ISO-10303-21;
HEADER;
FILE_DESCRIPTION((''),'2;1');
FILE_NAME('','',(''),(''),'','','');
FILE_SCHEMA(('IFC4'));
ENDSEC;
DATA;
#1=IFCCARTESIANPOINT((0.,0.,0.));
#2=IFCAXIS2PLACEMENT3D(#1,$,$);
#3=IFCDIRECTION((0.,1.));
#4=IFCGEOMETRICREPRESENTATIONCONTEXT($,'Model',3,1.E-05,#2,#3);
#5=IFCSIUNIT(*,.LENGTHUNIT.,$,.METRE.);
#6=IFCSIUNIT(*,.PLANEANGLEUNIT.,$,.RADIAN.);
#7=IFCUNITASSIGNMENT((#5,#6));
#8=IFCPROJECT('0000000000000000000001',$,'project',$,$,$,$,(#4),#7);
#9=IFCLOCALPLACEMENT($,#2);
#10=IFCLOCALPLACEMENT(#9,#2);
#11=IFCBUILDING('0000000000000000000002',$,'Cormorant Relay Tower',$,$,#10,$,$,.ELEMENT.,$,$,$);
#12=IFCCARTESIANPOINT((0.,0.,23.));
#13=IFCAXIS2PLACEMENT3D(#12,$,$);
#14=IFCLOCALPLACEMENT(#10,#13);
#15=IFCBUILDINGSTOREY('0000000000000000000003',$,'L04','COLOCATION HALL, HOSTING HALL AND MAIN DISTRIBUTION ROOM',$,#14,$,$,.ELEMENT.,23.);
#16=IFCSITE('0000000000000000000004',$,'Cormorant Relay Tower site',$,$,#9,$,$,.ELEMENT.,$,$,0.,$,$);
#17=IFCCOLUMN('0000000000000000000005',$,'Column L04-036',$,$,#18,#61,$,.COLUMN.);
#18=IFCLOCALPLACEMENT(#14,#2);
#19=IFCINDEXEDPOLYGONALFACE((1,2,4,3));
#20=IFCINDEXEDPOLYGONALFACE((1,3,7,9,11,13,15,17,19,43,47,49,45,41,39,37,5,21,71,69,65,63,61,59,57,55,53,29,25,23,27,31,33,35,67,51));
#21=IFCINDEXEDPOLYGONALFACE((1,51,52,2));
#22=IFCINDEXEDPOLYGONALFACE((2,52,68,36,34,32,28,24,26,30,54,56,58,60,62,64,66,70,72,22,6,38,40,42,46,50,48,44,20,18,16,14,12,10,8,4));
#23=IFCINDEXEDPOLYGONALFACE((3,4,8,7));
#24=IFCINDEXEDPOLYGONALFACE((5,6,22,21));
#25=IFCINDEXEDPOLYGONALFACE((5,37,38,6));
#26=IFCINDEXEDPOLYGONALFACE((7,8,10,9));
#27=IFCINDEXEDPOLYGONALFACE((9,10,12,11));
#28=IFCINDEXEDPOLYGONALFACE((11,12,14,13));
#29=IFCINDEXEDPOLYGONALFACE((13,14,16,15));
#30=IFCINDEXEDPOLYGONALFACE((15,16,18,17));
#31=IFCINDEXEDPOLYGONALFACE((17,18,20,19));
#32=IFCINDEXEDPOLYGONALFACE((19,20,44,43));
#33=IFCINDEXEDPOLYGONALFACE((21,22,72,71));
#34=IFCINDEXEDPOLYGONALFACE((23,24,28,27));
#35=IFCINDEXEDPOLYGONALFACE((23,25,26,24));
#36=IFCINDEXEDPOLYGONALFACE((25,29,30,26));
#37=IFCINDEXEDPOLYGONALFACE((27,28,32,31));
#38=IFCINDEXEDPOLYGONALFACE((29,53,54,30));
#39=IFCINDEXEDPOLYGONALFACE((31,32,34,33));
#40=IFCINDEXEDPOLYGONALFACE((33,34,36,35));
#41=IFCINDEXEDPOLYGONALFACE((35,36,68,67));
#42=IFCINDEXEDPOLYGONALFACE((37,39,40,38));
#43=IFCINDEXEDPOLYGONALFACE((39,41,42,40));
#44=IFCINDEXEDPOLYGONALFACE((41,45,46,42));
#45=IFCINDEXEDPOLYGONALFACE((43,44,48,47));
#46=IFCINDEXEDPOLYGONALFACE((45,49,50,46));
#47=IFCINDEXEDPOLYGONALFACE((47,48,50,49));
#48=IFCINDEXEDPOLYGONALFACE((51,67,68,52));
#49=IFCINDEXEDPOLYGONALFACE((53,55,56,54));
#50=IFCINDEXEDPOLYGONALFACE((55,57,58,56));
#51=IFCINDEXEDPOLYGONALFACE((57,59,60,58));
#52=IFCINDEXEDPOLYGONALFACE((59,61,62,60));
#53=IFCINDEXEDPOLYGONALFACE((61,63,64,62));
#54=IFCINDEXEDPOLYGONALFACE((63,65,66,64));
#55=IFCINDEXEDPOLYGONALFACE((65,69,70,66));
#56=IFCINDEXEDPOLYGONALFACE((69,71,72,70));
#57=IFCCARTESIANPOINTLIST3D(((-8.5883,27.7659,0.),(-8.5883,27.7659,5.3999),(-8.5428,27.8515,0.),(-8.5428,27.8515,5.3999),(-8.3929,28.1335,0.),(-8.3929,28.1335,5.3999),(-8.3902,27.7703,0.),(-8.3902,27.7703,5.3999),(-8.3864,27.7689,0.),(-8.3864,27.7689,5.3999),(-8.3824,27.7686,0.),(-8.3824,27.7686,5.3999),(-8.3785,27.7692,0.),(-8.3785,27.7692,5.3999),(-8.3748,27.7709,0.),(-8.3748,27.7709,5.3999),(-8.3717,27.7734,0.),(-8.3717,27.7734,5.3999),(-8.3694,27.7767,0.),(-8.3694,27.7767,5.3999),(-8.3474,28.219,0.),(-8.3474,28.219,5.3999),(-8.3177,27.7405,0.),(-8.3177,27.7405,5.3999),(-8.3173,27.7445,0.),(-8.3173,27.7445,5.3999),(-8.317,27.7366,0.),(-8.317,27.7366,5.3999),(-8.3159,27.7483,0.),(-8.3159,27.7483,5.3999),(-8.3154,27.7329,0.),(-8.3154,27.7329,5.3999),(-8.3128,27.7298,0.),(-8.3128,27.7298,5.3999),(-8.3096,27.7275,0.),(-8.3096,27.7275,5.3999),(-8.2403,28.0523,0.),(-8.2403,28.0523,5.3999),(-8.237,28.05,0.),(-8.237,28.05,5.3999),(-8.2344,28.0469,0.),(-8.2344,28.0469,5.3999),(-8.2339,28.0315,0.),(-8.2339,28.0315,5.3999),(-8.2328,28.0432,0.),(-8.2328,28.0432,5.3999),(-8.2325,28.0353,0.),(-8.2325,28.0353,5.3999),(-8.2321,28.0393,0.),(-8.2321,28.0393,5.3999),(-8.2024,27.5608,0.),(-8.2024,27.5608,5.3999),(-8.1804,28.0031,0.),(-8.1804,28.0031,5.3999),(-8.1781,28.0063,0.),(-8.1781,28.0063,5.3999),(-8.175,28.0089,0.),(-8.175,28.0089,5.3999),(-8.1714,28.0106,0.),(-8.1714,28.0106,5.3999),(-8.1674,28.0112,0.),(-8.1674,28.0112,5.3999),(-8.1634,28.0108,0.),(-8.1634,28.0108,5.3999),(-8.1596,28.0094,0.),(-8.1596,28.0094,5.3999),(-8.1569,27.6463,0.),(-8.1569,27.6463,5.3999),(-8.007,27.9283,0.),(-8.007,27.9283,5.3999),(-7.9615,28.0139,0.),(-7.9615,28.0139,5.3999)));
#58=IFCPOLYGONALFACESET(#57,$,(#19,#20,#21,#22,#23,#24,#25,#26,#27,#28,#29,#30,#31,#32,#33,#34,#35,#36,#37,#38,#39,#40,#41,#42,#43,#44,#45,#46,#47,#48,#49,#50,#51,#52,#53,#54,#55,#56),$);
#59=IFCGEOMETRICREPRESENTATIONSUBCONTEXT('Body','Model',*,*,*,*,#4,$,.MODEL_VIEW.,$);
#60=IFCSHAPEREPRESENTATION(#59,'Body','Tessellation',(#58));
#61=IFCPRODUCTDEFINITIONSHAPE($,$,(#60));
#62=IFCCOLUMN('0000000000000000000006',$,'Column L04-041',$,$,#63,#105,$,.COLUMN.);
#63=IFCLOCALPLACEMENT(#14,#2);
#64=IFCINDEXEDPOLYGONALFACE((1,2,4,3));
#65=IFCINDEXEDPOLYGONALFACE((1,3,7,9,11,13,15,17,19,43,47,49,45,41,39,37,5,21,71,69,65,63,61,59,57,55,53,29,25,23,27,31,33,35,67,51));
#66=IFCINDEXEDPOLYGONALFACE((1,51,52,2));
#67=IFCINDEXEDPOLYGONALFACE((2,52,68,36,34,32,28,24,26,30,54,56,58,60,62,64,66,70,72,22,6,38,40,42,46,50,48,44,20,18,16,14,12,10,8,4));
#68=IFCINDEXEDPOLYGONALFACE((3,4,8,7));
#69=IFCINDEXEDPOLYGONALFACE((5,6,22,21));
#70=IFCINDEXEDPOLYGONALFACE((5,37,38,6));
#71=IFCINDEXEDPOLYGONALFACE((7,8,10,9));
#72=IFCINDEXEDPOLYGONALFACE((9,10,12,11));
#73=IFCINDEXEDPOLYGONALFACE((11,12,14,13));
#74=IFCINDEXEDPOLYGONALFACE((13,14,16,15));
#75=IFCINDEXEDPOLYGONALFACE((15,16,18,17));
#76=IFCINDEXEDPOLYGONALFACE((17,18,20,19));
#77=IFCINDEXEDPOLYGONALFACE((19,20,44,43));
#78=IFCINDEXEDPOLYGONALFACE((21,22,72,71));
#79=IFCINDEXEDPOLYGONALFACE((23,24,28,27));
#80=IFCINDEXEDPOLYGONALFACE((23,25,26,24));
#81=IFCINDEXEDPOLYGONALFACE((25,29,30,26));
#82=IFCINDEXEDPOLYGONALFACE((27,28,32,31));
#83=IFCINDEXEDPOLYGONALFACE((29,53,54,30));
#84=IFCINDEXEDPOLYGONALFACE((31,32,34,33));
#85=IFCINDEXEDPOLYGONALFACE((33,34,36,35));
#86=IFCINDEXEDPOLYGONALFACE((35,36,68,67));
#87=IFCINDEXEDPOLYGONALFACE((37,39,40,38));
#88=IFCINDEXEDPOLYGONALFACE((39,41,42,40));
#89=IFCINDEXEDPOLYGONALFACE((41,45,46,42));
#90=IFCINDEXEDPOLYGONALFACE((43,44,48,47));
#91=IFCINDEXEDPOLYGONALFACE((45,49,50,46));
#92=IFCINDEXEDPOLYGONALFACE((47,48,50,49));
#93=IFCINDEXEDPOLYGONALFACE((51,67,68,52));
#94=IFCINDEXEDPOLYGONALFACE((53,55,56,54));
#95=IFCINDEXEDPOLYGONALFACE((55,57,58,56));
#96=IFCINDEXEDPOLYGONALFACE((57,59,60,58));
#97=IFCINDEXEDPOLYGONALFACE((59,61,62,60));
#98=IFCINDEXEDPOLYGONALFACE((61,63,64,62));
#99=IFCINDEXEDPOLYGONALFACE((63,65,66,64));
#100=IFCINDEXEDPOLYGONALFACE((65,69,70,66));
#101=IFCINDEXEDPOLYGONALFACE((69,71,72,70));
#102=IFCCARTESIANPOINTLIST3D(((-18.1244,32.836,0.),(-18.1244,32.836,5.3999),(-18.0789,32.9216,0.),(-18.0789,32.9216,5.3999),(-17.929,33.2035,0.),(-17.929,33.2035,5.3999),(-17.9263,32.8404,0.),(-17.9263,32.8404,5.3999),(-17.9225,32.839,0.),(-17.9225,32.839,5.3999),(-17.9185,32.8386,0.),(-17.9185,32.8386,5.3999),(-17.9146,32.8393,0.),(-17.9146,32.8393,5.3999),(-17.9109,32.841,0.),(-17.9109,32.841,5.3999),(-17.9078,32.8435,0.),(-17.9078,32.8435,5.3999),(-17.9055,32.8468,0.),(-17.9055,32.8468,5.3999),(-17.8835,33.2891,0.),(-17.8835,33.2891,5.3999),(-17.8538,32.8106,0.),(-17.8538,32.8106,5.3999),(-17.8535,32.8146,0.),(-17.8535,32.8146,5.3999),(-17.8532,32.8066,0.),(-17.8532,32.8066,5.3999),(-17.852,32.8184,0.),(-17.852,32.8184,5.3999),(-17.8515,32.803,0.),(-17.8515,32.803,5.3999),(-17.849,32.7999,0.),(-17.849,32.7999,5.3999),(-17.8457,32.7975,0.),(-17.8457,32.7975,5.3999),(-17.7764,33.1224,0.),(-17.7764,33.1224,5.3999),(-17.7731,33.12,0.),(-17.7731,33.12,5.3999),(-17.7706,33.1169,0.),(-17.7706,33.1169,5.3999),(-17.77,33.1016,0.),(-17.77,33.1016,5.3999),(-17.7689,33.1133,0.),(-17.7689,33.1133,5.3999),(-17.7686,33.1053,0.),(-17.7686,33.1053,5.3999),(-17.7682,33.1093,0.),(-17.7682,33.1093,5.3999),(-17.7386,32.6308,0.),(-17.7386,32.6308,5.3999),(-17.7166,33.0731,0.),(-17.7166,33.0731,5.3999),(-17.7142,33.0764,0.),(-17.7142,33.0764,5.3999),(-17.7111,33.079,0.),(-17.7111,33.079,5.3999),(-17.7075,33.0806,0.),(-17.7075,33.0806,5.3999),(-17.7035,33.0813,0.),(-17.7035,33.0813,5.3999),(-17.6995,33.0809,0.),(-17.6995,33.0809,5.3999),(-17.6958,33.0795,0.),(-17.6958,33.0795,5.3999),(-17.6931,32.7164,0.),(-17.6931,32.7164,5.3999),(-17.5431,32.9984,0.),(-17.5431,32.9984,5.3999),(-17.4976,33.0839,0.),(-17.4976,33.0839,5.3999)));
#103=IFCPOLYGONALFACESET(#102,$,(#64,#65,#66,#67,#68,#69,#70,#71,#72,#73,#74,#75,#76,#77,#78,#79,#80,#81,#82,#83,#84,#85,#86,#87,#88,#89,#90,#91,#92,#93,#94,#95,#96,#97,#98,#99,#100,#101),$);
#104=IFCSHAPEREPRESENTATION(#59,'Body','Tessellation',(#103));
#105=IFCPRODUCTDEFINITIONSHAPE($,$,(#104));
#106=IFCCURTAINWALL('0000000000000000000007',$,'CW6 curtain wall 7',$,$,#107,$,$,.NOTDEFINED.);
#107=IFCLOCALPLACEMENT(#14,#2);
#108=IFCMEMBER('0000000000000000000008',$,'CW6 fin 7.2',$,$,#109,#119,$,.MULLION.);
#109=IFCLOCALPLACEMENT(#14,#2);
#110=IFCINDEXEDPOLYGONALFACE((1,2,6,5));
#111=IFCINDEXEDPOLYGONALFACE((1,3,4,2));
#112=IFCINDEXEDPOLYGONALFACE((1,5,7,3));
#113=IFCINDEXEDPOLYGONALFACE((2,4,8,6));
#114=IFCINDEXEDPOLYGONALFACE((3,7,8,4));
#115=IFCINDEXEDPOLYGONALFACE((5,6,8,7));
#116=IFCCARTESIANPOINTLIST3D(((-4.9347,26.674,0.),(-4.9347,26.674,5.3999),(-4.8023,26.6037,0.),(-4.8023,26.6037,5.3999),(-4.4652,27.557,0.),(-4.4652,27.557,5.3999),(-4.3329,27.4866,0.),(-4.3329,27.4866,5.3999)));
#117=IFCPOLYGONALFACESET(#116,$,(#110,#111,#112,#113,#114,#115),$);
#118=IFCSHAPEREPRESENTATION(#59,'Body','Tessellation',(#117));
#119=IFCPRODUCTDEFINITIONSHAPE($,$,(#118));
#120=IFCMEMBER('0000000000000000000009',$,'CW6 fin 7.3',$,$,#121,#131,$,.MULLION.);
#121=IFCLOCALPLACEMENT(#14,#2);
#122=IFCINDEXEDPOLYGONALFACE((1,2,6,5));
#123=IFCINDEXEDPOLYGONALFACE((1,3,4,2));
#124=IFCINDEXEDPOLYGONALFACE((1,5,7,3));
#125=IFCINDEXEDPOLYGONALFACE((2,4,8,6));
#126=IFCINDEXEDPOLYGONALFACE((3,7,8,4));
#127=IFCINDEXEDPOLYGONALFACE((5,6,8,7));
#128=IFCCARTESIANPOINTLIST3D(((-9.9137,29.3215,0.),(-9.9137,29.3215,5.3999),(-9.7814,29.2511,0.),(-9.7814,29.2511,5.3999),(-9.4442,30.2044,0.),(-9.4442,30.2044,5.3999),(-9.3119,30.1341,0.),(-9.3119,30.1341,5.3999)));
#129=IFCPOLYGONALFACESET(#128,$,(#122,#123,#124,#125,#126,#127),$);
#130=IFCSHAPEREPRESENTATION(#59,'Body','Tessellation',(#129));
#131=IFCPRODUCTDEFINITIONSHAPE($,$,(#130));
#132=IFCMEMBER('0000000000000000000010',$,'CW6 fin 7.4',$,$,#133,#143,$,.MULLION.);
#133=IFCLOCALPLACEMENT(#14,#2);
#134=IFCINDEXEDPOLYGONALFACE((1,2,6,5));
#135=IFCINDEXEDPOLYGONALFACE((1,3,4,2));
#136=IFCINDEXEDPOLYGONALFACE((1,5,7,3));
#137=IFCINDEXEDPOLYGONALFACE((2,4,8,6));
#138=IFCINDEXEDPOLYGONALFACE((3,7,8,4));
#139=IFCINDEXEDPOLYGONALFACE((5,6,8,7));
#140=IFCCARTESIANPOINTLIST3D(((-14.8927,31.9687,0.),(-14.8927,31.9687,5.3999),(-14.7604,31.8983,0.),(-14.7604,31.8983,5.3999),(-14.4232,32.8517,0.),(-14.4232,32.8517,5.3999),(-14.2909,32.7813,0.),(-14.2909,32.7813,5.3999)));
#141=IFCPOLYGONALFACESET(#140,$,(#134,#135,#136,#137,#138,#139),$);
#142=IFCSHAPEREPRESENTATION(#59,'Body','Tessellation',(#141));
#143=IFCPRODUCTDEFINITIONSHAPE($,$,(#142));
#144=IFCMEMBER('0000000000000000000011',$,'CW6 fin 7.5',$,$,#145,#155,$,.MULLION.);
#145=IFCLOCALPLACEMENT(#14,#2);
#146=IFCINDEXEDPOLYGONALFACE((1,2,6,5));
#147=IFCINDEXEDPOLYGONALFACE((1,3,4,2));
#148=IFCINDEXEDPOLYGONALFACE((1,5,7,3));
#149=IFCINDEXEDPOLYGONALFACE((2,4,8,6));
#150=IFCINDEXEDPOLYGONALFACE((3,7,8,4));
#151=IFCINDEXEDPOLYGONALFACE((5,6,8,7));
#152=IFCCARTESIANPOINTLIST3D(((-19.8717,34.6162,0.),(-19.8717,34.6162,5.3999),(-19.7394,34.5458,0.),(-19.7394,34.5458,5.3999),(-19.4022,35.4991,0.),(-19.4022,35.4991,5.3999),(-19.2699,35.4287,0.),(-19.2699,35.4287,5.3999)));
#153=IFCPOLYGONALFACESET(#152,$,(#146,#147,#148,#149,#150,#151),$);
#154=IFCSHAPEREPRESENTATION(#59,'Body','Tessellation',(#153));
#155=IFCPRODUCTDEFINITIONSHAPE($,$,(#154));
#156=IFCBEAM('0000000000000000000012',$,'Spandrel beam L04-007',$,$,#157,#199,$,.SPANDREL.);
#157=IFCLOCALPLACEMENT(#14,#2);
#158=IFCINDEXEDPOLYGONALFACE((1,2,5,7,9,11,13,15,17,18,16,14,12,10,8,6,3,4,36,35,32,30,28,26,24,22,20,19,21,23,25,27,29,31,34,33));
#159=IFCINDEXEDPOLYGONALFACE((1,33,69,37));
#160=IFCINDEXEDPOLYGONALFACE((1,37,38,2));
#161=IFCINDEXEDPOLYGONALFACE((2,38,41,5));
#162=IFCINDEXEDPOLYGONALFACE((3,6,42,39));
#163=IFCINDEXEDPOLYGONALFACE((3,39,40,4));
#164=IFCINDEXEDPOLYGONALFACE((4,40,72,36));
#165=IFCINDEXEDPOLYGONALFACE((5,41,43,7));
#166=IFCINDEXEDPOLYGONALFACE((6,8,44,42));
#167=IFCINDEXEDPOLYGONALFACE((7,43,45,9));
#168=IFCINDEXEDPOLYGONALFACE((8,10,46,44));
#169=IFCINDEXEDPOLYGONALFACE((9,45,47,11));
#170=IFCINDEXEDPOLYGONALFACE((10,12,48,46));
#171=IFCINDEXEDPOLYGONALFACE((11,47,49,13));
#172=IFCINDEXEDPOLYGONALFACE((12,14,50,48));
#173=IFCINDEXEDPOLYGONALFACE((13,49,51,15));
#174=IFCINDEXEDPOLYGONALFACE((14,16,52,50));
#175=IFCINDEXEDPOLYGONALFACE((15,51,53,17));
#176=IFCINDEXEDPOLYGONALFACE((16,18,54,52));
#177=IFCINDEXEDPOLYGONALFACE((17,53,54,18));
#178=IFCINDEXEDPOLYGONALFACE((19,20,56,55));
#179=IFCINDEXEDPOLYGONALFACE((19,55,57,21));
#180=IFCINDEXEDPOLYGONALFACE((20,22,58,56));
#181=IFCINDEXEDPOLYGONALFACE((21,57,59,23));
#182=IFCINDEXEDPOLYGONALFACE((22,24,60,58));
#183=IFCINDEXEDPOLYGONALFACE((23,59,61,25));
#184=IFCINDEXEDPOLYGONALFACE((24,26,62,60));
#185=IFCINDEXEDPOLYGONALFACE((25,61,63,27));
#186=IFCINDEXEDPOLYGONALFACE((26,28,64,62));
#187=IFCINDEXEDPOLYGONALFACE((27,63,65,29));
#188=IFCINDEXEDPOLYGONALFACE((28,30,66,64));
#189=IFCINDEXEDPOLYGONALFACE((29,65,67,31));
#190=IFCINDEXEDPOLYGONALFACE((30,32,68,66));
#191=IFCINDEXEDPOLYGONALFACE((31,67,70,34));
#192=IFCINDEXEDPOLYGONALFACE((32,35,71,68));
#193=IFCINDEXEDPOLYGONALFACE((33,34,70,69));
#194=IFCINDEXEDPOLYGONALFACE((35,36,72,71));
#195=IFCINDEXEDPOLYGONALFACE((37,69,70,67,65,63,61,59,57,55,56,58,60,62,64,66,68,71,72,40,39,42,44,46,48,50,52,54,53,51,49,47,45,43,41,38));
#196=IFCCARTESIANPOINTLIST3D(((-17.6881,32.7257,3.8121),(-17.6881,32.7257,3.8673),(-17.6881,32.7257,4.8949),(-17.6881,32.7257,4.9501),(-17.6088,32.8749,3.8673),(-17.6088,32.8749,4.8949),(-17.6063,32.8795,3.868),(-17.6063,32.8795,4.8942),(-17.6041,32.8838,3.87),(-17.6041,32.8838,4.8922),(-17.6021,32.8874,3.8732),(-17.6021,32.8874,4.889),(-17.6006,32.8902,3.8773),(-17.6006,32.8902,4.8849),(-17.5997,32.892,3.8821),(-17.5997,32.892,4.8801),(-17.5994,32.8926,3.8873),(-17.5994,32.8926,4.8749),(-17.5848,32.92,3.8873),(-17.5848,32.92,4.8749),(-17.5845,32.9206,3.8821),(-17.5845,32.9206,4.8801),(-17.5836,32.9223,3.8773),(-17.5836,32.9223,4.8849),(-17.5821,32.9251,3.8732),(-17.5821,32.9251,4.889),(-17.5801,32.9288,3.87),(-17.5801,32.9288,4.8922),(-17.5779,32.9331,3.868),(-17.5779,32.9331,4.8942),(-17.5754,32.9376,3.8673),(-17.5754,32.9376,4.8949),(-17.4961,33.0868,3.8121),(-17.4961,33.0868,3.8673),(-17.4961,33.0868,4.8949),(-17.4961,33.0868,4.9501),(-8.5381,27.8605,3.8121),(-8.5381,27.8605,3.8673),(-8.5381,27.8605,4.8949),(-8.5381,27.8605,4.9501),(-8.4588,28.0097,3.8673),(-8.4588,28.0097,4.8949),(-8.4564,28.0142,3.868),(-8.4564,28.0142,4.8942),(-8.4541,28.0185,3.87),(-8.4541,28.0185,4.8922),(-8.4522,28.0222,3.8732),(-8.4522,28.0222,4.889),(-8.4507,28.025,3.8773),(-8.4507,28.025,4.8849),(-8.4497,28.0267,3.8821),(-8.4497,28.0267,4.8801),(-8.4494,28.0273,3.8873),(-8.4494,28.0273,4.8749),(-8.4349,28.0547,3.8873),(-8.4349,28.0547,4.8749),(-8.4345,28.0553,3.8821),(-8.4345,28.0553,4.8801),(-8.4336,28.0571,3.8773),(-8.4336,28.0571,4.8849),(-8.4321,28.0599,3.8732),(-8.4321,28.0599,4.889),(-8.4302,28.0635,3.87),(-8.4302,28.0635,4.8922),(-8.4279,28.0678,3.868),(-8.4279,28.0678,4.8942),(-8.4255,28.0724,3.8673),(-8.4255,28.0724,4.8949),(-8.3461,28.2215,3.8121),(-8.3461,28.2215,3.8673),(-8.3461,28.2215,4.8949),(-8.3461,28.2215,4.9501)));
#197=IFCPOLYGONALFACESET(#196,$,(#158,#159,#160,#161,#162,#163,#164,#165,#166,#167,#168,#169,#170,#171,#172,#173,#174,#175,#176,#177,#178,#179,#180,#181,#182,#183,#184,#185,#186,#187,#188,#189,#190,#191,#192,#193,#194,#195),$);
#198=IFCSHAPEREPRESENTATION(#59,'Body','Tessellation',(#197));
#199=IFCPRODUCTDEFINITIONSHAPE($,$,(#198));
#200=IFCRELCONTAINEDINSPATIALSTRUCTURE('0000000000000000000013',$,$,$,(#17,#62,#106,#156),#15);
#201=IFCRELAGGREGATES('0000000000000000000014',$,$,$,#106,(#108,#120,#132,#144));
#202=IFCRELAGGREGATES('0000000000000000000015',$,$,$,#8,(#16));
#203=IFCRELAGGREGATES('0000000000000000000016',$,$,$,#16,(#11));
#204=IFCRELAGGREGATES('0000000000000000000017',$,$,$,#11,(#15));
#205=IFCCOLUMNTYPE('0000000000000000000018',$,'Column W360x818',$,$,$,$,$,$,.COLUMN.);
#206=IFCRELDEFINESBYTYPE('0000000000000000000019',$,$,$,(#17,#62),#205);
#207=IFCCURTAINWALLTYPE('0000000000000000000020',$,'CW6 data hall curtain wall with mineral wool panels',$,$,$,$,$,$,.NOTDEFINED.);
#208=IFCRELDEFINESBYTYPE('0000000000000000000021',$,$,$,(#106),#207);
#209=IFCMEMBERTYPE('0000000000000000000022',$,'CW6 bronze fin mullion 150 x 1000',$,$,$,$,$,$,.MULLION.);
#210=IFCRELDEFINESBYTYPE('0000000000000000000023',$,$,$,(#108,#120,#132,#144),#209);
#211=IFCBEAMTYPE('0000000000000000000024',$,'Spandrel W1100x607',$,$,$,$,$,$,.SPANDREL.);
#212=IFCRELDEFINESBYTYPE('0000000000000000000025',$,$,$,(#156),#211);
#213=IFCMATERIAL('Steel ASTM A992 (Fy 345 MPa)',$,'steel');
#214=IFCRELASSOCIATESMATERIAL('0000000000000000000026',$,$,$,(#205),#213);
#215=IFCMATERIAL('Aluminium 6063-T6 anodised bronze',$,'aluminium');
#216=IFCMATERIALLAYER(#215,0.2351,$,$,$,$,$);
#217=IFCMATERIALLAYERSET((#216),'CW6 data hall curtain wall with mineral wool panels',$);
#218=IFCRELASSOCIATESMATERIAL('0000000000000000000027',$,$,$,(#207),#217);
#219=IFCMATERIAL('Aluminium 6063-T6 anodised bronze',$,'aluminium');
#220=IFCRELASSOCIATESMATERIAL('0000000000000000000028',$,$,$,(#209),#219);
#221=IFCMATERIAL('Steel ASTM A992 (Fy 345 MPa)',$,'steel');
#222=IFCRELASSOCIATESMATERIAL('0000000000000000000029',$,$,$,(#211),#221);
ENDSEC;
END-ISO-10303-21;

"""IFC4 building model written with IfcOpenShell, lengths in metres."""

from ifc_helpers import new_model, si_unit, direction, frame, origin, origin_2d, place, context, subcontext, project, spatial, rectangle, i_section, extrude, material, layer, layer_set, material_profile, profile_set, type_object, element, aggregate, save


model = new_model("IFC4")

# Units and contexts
model_context = context("Model", 3, precision=1e-05, world=origin(), true_north=direction((0.0, 1.0)))
body_context = subcontext(model_context, "Body", "Model", "MODEL_VIEW")
ifc_project = project(units=[si_unit("LENGTHUNIT", "METRE"), si_unit("PLANEANGLEUNIT", "RADIAN")], contexts=[model_context])

# Site, building, storey
site_placement = place(None, origin())
site = spatial("IfcSite", under=ifc_project, at=site_placement, Name="Cormorant Relay Tower site", CompositionType="ELEMENT", RefElevation=0.0)
building_placement = place(site_placement, origin())
building = spatial("IfcBuilding", under=site, at=building_placement, Name="Cormorant Relay Tower", CompositionType="ELEMENT")
storey_placement = place(building_placement, frame((0.0, 0.0, 23.0)))
storey = spatial("IfcBuildingStorey", under=building, at=storey_placement, Name="L04", Description="COLOCATION HALL, HOSTING HALL AND MAIN DISTRIBUTION ROOM", CompositionType="ELEMENT", Elevation=23.0)

# Columns
ifc_material_1 = material(Name="Steel ASTM A992 (Fy 345 MPa)", Category="steel")
ifc_material_profile_1 = material_profile(ifc_material_1, i_section(OverallWidth=0.437, OverallDepth=0.5132, WebThickness=0.0605, FlangeThickness=0.0969, FilletRadius=0.0154, at=origin_2d()), Name="W360x818")
ifc_profile_set_1 = profile_set([ifc_material_profile_1], Name="Steel ASTM A992 (Fy 345 MPa)")
column_type = type_object("IfcColumnType", Name="Column W360x818", PredefinedType="COLUMN", material=ifc_profile_set_1)
for number, where, z_axis, x_axis, name in (
    (1, (-8.2749, 27.8899, 0.0), (0.0, 0.0, 1.0), (-0.882948, 0.469472, 0.0), "Column L04-036"),
    (2, (-17.811, 32.96, 0.0), (0.0, 0.0, 1.0), (-0.882948, 0.469472, 0.0), "Column L04-041"),
):
    element("IfcColumn", number, at=place(storey_placement, frame(where, z_axis=z_axis, x_axis=x_axis)), inside=storey, type_object=column_type, Name=name, PredefinedType="COLUMN", context=body_context, shape_type="SweptSolid", body=[
        extrude(i_section(OverallWidth=0.437, OverallDepth=0.5132, WebThickness=0.0605, FlangeThickness=0.0969, FilletRadius=0.0154, at=origin_2d()), origin(), (0.0, 0.0, 1.0), 5.3999),
    ])

# Curtain wall, members
ifc_material_2 = material(Name="Aluminium 6063-T6 anodised bronze", Category="aluminium")
ifc_layer_1 = layer(ifc_material_2, 0.2351)
ifc_layer_set_1 = layer_set([ifc_layer_1], Name="CW6 data hall curtain wall with mineral wool panels")
curtain_wall_type = type_object("IfcCurtainWallType", Name="CW6 data hall curtain wall with mineral wool panels", PredefinedType="NOTDEFINED", material=ifc_layer_set_1)
curtain_wall_placement = place(storey_placement, origin())
curtain_wall = element("IfcCurtainWall", 3, at=curtain_wall_placement, inside=storey, type_object=curtain_wall_type, Name="CW6 curtain wall 7", PredefinedType="NOTDEFINED")
ifc_material_3 = material(Name="Aluminium 6063-T6 anodised bronze", Category="aluminium")
ifc_material_profile_2 = material_profile(ifc_material_3, rectangle(XDim=0.1499, YDim=1.0, at=origin_2d()), Name="AL 150x1000")
ifc_profile_set_2 = profile_set([ifc_material_profile_2], Name="Aluminium 6063-T6 anodised bronze")
member_type = type_object("IfcMemberType", Name="CW6 bronze fin mullion 150 x 1000", PredefinedType="MULLION", material=ifc_profile_set_2)
member_1_placement = place(storey_placement, frame((-4.6338, 27.0803, 0.0), z_axis=(0.0, 0.0, 1.0), x_axis=(-0.882948, 0.469472, 0.0)))
member_1 = element("IfcMember", 4, at=member_1_placement, type_object=member_type, Name="CW6 fin 7.2", PredefinedType="MULLION", context=body_context, shape_type="SweptSolid", body=[
    extrude(rectangle(XDim=0.1499, YDim=1.0, at=origin_2d()), origin(), (0.0, 0.0, 1.0), 5.3999),
])
member_2_placement = place(storey_placement, frame((-9.6128, 29.7278, 0.0), z_axis=(0.0, 0.0, 1.0), x_axis=(-0.882948, 0.469472, 0.0)))
member_2 = element("IfcMember", 5, at=member_2_placement, type_object=member_type, Name="CW6 fin 7.3", PredefinedType="MULLION", context=body_context, shape_type="SweptSolid", body=[
    extrude(rectangle(XDim=0.1499, YDim=1.0, at=origin_2d()), origin(), (0.0, 0.0, 1.0), 5.3999),
])
member_3_placement = place(storey_placement, frame((-14.5918, 32.375, 0.0), z_axis=(0.0, 0.0, 1.0), x_axis=(-0.882948, 0.469472, 0.0)))
member_3 = element("IfcMember", 6, at=member_3_placement, type_object=member_type, Name="CW6 fin 7.4", PredefinedType="MULLION", context=body_context, shape_type="SweptSolid", body=[
    extrude(rectangle(XDim=0.1499, YDim=1.0, at=origin_2d()), origin(), (0.0, 0.0, 1.0), 5.3999),
])
member_4_placement = place(storey_placement, frame((-19.5708, 35.0225, 0.0), z_axis=(0.0, 0.0, 1.0), x_axis=(-0.882948, 0.469472, 0.0)))
member_4 = element("IfcMember", 7, at=member_4_placement, type_object=member_type, Name="CW6 fin 7.5", PredefinedType="MULLION", context=body_context, shape_type="SweptSolid", body=[
    extrude(rectangle(XDim=0.1499, YDim=1.0, at=origin_2d()), origin(), (0.0, 0.0, 1.0), 5.3999),
])

# Beam
ifc_material_4 = material(Name="Steel ASTM A992 (Fy 345 MPa)", Category="steel")
ifc_material_profile_3 = material_profile(ifc_material_4, i_section(OverallWidth=0.4089, OverallDepth=1.1379, WebThickness=0.031, FlangeThickness=0.0552, FilletRadius=0.02, at=origin_2d()), Name="W1100x607")
ifc_profile_set_3 = profile_set([ifc_material_profile_3], Name="Steel ASTM A992 (Fy 345 MPa)")
beam_type_1 = type_object("IfcBeamType", Name="Spandrel W1100x607", PredefinedType="SPANDREL", material=ifc_profile_set_3)
beam_1_placement = place(storey_placement, frame((-8.4421, 28.041, 4.3811), z_axis=(-0.882942, 0.469482, 0.0), x_axis=(-0.469482, -0.882942, 0.0)))
element("IfcBeam", 8, at=beam_1_placement, inside=storey, type_object=beam_type_1, Name="Spandrel beam L04-007", PredefinedType="SPANDREL", context=body_context, shape_type="SweptSolid", body=[
    extrude(i_section(OverallWidth=0.4089, OverallDepth=1.1379, WebThickness=0.031, FlangeThickness=0.0552, FilletRadius=0.02, at=origin_2d()), origin(), (0.0, 0.0, 1.0), 10.363),
])

aggregate(curtain_wall, [member_1, member_2, member_3, member_4])

save(model, "model.ifc")
